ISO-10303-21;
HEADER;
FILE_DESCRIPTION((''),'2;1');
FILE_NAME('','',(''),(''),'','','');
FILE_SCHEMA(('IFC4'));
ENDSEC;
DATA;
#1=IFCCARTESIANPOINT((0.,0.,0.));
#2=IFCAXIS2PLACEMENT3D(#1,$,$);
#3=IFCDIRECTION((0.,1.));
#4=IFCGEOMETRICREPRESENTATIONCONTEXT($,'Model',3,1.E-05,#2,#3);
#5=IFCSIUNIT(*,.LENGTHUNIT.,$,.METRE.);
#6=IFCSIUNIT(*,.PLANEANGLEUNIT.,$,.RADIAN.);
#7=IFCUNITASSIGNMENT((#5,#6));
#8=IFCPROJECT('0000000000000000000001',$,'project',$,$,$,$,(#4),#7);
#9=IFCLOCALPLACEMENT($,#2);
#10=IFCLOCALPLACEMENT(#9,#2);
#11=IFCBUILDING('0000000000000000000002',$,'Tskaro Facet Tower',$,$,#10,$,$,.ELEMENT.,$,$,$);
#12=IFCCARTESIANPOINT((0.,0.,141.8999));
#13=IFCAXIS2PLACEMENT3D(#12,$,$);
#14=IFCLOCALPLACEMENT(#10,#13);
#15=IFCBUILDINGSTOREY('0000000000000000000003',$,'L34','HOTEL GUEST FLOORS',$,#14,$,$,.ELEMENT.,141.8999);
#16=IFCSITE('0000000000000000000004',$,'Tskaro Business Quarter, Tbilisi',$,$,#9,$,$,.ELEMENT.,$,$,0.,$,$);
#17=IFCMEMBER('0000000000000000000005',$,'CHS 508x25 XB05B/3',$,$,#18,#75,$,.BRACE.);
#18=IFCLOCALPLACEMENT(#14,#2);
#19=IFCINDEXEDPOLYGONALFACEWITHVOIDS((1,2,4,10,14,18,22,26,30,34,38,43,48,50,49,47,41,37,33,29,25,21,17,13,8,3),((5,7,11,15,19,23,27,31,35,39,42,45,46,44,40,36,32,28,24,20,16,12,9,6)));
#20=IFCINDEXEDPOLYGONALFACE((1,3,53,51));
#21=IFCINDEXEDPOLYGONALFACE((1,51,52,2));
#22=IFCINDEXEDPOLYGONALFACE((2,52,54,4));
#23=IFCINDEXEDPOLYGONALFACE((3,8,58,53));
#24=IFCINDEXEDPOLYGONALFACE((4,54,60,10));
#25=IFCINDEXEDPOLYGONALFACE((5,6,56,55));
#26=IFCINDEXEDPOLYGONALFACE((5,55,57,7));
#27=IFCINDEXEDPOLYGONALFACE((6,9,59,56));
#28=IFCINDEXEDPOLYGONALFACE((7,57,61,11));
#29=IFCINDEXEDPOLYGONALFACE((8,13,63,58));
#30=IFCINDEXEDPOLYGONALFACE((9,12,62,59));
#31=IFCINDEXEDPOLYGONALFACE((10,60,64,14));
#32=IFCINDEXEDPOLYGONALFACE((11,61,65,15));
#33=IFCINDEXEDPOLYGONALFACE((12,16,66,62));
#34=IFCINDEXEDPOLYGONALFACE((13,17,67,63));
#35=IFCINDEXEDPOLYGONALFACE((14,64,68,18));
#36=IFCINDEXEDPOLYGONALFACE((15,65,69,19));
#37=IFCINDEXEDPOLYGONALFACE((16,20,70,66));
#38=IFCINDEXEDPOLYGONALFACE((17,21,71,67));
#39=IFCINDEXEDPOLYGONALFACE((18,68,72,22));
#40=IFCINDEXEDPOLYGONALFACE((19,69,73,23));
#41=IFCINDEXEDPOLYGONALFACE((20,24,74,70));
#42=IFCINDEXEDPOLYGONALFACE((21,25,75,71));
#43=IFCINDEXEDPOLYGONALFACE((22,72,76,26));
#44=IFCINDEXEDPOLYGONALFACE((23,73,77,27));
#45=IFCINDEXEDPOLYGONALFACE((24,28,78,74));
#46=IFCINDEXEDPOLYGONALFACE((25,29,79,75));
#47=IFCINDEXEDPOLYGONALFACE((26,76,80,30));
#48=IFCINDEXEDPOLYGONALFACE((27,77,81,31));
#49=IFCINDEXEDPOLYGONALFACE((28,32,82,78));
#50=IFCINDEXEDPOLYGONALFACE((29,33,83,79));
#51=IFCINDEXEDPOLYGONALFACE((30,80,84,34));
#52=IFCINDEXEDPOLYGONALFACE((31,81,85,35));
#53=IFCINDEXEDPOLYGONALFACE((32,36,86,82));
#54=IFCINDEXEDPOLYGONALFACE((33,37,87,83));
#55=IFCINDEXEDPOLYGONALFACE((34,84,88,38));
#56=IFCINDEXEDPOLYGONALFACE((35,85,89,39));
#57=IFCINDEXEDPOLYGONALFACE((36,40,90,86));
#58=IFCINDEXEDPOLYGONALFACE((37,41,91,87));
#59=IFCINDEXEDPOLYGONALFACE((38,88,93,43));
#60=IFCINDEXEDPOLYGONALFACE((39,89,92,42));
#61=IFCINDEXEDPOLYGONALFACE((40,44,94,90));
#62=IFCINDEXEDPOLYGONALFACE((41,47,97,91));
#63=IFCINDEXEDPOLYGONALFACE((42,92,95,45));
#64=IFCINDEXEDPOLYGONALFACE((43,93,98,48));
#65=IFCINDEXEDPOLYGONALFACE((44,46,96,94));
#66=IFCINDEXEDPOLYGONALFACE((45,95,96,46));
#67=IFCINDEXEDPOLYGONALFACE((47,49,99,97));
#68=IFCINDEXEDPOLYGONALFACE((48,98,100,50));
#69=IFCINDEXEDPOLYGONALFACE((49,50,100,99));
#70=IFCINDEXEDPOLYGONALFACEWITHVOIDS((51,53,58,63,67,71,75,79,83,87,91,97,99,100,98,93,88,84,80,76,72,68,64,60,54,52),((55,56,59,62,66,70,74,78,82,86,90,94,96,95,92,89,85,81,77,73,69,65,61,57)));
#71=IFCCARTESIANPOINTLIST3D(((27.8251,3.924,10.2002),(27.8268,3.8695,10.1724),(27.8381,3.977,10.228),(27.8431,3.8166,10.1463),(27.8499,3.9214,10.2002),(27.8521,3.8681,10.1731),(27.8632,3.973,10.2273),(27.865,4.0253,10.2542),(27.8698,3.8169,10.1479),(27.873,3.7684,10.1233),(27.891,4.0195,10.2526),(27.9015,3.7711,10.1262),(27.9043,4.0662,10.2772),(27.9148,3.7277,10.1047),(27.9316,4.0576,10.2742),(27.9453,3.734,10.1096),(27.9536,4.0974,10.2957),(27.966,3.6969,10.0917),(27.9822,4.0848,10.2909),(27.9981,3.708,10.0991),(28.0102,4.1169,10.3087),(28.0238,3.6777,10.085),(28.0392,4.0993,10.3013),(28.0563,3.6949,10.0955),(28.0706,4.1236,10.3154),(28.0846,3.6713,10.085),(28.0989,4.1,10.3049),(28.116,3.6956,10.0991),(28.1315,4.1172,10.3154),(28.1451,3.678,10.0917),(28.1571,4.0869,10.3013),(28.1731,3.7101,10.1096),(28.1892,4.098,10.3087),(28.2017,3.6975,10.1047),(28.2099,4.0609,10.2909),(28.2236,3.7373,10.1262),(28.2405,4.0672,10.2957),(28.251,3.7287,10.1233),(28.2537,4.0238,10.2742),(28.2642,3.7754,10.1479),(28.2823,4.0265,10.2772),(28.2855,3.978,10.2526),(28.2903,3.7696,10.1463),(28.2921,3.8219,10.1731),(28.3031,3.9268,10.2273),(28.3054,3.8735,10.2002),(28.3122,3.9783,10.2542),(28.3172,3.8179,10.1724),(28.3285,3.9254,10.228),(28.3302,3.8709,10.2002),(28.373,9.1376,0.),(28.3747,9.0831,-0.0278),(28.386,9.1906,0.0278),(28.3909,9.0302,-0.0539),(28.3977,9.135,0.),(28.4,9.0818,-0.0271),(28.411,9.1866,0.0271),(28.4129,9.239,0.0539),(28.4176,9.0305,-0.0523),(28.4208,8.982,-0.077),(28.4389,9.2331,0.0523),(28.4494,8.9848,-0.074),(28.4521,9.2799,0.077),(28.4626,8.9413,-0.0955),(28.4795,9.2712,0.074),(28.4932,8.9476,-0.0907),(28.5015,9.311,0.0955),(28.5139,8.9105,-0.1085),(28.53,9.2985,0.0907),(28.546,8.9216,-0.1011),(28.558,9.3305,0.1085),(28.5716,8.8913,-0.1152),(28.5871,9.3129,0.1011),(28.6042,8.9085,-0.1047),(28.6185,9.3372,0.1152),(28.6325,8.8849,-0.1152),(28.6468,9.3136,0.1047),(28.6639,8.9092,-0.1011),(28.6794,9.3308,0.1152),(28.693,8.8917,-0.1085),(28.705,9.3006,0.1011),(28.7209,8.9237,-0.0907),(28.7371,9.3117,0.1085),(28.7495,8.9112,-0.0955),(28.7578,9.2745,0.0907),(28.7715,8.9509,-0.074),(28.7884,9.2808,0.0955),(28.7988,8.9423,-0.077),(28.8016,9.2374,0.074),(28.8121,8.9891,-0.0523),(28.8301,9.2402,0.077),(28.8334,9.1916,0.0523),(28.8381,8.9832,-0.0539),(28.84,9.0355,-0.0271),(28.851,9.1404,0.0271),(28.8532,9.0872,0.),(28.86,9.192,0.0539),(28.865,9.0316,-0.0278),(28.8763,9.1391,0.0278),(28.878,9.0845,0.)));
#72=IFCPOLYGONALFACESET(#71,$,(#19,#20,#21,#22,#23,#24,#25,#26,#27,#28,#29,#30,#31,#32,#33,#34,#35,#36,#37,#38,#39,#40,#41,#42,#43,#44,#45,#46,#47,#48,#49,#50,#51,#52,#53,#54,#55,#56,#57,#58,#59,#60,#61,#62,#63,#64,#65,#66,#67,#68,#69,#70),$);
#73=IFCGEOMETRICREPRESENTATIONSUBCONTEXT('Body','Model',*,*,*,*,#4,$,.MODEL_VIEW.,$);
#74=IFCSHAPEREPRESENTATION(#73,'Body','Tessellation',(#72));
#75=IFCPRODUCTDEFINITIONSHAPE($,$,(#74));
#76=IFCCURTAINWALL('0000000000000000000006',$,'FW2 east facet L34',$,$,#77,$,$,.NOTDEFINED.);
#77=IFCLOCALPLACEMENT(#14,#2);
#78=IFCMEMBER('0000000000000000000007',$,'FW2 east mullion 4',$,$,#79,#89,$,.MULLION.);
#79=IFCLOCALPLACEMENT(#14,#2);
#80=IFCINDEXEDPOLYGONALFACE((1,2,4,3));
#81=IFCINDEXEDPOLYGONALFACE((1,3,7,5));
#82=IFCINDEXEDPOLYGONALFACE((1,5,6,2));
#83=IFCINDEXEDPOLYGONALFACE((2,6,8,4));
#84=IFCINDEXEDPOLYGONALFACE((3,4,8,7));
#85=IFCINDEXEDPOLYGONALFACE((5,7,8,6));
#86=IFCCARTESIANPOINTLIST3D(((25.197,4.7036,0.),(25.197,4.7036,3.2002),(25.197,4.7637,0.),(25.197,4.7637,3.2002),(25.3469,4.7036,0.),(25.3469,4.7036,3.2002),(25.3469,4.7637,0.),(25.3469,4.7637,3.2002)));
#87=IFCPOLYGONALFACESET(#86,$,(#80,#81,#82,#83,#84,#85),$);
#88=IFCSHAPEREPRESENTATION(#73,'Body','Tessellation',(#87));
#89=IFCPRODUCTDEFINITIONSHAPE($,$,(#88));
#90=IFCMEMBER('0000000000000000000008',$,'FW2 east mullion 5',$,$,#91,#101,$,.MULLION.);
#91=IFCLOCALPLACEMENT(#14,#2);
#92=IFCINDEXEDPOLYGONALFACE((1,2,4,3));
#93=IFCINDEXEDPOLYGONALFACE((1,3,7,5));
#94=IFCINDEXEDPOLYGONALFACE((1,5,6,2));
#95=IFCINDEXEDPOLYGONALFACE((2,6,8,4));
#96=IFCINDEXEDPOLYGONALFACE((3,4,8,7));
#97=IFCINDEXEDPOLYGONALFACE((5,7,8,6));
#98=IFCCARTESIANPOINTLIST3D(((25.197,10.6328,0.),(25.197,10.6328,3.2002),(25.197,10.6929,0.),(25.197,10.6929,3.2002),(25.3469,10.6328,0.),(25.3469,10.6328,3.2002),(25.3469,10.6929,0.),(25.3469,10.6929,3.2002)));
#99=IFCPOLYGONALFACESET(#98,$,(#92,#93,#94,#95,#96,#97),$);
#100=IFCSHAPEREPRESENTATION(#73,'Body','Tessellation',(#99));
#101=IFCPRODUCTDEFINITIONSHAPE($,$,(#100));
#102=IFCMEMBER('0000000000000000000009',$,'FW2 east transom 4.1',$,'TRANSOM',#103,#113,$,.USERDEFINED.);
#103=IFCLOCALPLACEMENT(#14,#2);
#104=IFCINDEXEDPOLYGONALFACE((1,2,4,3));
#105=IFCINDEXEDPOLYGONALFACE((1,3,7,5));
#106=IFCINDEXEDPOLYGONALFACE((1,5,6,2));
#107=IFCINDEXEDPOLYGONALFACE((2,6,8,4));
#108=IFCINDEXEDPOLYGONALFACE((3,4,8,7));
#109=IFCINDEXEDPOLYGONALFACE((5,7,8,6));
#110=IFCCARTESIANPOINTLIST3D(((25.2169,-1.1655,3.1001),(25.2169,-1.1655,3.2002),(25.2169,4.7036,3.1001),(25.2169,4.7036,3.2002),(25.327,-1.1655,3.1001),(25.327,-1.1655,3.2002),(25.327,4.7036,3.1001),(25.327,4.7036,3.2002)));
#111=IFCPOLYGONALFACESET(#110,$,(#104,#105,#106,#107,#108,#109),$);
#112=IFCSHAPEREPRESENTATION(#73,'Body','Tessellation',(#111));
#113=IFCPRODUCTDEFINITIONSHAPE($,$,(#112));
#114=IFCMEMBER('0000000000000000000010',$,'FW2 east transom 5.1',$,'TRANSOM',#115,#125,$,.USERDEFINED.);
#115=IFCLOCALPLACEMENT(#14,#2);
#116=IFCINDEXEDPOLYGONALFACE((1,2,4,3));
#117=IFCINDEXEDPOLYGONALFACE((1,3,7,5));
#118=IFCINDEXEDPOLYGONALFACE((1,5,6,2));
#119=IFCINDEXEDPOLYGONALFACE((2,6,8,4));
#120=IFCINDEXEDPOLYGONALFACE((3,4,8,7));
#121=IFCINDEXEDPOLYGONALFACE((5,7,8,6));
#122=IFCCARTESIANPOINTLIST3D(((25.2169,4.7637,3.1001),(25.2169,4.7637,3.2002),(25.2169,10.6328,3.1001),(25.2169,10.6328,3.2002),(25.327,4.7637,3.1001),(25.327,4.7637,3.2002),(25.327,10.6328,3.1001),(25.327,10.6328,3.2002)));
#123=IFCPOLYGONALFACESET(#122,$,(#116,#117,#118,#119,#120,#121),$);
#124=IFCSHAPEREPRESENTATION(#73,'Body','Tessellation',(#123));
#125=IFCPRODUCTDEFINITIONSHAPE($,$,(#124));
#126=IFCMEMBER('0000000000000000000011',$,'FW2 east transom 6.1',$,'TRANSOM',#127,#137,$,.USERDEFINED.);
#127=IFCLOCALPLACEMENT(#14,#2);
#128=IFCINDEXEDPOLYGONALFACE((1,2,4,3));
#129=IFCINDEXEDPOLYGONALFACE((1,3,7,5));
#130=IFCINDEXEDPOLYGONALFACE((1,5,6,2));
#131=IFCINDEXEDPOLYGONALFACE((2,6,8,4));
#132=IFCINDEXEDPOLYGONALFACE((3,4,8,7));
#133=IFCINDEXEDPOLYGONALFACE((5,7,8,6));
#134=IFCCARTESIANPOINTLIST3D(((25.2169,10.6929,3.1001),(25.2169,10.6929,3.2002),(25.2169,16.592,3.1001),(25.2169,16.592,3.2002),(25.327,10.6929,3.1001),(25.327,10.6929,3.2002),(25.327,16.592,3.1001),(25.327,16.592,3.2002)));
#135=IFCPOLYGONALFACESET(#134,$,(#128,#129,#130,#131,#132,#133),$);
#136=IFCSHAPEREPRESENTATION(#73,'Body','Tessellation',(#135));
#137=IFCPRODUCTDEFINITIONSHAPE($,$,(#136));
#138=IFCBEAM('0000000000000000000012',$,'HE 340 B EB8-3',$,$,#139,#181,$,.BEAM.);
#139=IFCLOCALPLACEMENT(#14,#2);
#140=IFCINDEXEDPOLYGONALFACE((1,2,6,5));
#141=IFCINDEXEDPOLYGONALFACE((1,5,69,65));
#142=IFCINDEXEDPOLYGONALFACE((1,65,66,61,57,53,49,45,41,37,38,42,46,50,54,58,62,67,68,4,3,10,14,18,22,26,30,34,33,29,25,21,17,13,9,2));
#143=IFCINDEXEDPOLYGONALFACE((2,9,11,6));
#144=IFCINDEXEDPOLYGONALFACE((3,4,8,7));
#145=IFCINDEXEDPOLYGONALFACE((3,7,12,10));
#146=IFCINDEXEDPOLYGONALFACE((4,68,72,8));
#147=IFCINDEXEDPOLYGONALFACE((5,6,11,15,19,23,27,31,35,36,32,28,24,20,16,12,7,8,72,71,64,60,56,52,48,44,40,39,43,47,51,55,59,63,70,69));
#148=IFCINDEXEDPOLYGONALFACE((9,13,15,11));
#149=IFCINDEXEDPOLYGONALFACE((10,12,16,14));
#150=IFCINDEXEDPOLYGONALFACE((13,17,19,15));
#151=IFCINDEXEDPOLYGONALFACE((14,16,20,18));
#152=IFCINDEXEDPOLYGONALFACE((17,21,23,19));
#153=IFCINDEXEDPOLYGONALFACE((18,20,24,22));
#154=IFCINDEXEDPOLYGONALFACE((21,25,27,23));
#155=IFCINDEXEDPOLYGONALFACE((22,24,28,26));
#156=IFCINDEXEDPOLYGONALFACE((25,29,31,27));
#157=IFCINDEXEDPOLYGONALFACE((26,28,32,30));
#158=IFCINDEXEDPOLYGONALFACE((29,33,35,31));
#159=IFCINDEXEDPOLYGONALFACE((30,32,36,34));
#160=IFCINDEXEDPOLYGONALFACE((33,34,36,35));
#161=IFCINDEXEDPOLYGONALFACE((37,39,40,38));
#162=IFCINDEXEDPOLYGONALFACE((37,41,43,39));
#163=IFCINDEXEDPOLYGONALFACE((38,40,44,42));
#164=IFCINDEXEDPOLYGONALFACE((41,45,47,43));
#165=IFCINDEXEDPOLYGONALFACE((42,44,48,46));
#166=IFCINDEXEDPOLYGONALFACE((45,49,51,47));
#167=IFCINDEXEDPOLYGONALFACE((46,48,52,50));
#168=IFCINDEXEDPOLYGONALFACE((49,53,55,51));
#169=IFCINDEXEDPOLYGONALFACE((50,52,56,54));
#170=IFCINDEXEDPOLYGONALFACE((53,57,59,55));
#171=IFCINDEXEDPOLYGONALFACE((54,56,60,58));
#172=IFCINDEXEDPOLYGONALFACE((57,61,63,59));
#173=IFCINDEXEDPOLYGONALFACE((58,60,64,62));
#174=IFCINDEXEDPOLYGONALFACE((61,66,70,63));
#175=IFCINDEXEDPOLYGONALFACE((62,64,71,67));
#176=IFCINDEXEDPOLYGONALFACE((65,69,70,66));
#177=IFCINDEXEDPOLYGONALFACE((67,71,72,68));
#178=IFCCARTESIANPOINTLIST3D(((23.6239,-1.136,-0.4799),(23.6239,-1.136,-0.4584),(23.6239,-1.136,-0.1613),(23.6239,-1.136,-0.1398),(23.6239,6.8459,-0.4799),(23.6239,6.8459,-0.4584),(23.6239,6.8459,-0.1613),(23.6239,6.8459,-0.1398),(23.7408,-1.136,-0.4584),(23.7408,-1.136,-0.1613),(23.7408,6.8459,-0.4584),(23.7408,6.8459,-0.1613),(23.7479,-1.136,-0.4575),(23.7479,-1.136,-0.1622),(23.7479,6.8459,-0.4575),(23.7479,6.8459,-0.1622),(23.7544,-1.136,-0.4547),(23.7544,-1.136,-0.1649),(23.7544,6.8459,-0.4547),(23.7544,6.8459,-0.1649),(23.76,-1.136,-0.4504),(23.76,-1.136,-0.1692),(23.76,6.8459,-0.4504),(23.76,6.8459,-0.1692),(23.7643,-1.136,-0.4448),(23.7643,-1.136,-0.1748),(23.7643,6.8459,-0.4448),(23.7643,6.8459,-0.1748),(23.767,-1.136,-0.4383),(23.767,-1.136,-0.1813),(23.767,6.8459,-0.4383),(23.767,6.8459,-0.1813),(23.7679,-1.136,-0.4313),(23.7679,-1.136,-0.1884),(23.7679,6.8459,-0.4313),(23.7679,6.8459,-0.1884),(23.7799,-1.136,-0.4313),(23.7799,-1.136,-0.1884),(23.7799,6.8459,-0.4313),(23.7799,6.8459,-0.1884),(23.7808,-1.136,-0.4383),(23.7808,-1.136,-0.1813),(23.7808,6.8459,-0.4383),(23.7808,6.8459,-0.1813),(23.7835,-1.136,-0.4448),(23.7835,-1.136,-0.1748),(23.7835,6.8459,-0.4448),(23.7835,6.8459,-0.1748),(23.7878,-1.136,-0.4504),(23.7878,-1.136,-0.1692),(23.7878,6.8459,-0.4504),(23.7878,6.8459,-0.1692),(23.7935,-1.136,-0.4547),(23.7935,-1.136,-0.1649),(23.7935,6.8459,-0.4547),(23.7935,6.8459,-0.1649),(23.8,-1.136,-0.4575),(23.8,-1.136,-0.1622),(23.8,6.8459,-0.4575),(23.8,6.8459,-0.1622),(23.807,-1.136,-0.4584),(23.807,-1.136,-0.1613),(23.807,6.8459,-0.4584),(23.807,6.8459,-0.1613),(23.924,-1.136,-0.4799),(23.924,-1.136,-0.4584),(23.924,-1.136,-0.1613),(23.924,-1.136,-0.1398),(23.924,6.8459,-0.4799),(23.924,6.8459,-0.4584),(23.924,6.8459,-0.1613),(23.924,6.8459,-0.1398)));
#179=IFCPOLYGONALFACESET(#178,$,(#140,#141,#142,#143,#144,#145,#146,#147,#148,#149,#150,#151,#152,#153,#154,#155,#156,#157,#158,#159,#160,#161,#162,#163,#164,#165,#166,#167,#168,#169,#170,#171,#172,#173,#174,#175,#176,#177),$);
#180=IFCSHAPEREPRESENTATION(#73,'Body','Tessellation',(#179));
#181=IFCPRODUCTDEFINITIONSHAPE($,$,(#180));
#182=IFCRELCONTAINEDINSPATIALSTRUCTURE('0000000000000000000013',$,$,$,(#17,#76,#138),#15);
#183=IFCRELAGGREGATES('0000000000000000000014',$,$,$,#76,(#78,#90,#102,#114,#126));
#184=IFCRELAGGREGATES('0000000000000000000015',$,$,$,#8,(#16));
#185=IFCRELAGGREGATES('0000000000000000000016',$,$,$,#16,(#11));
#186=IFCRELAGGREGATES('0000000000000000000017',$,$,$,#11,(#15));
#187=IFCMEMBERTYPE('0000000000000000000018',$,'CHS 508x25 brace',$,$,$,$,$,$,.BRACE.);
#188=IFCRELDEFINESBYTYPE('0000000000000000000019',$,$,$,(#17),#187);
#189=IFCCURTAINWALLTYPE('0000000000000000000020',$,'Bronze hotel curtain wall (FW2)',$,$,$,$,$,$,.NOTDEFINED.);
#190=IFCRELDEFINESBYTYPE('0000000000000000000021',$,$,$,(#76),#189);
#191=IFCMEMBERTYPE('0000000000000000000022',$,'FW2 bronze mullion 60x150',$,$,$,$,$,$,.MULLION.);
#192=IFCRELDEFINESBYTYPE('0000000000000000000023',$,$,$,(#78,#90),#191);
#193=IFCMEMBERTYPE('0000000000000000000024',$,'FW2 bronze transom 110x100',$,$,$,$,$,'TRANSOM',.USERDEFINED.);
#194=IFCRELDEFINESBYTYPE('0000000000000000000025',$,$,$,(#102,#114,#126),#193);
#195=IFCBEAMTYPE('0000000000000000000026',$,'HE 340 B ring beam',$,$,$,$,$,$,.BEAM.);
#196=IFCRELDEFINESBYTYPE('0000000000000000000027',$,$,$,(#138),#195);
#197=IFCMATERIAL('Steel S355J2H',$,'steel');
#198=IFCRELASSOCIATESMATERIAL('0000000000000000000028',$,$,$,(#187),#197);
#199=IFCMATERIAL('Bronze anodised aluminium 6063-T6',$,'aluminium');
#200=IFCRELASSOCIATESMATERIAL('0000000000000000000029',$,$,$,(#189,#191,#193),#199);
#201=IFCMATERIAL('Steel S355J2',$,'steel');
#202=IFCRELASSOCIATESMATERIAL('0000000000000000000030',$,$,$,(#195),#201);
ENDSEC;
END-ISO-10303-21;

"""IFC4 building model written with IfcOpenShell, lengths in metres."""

from ifc_helpers import new_model, si_unit, direction, frame, origin, origin_2d, place, context, subcontext, project, spatial, rectangle, hollow_circle, i_section, extrude, material, material_profile, profile_set, type_object, element, aggregate, save


model = new_model("IFC4")

# Units and contexts
model_context = context("Model", 3, precision=1e-05, world=origin(), true_north=direction((0.0, 1.0)))
body_context = subcontext(model_context, "Body", "Model", "MODEL_VIEW")
ifc_project = project(units=[si_unit("LENGTHUNIT", "METRE"), si_unit("PLANEANGLEUNIT", "RADIAN")], contexts=[model_context])

# Site, building, storey
site_placement = place(None, origin())
site = spatial("IfcSite", under=ifc_project, at=site_placement, Name="Tskaro Business Quarter, Tbilisi", CompositionType="ELEMENT", RefElevation=0.0)
building_placement = place(site_placement, origin())
building = spatial("IfcBuilding", under=site, at=building_placement, Name="Tskaro Facet Tower", CompositionType="ELEMENT")
storey_placement = place(building_placement, frame((0.0, 0.0, 141.8999)))
storey = spatial("IfcBuildingStorey", under=building, at=storey_placement, Name="L34", Description="HOTEL GUEST FLOORS", CompositionType="ELEMENT", Elevation=141.8999)

# Shared definitions
ifc_material_1 = material(Name="Steel S355J2H", Category="steel")

# Member
ifc_material_profile_1 = material_profile(ifc_material_1, hollow_circle(Radius=0.2539, WallThickness=0.0249, at=origin_2d()), Name="CHS 508x25")
ifc_profile_set_1 = profile_set([ifc_material_profile_1], Name="Steel S355J2H")
member_type_1 = type_object("IfcMemberType", Name="CHS 508x25 brace", PredefinedType="BRACE", material=ifc_profile_set_1)
member_1_placement = place(storey_placement, frame((28.6255, 9.1111, 0.0), z_axis=(-0.04777, -0.454605, 0.889411), x_axis=(0.994524, -0.104505, 0.0)))
element("IfcMember", 1, at=member_1_placement, inside=storey, type_object=member_type_1, Name="CHS 508x25 XB05B/3", PredefinedType="BRACE", context=body_context, shape_type="SweptSolid", body=[
    extrude(hollow_circle(Radius=0.2539, WallThickness=0.0249, at=origin_2d()), origin(), (0.0, 0.0, 1.0), 11.4685),
])

# Curtain wall, members
ifc_material_2 = material(Name="Bronze anodised aluminium 6063-T6", Category="aluminium")
curtain_wall_type = type_object("IfcCurtainWallType", Name="Bronze hotel curtain wall (FW2)", PredefinedType="NOTDEFINED", material=ifc_material_2)
curtain_wall_placement = place(storey_placement, origin())
curtain_wall = element("IfcCurtainWall", 2, at=curtain_wall_placement, inside=storey, type_object=curtain_wall_type, Name="FW2 east facet L34", PredefinedType="NOTDEFINED")
ifc_material_profile_2 = material_profile(ifc_material_2, rectangle(XDim=0.0601, YDim=0.1499, at=origin_2d()), Name="Mullion 60x150")
ifc_profile_set_2 = profile_set([ifc_material_profile_2], Name="Bronze anodised aluminium 6063-T6")
member_type_2 = type_object("IfcMemberType", Name="FW2 bronze mullion 60x150", PredefinedType="MULLION", material=ifc_profile_set_2)
member_2_placement = place(storey_placement, frame((25.272, 4.7336, 0.0), z_axis=(0.0, 0.0, 1.0), x_axis=(0.0, 1.0, 0.0)))
member_2 = element("IfcMember", 3, at=member_2_placement, type_object=member_type_2, Name="FW2 east mullion 4", PredefinedType="MULLION", context=body_context, shape_type="SweptSolid", body=[
    extrude(rectangle(XDim=0.0601, YDim=0.1499, at=origin_2d()), origin(), (0.0, 0.0, 1.0), 3.2002),
])
member_3_placement = place(storey_placement, frame((25.272, 10.6628, 0.0), z_axis=(0.0, 0.0, 1.0), x_axis=(0.0, 1.0, 0.0)))
member_3 = element("IfcMember", 4, at=member_3_placement, type_object=member_type_2, Name="FW2 east mullion 5", PredefinedType="MULLION", context=body_context, shape_type="SweptSolid", body=[
    extrude(rectangle(XDim=0.0601, YDim=0.1499, at=origin_2d()), origin(), (0.0, 0.0, 1.0), 3.2002),
])
ifc_material_profile_3 = material_profile(ifc_material_2, rectangle(XDim=0.1101, YDim=0.1001, at=origin_2d()), Name="Transom 110x100")
ifc_profile_set_3 = profile_set([ifc_material_profile_3], Name="Bronze anodised aluminium 6063-T6")
member_type_3 = type_object("IfcMemberType", Name="FW2 bronze transom 110x100", ElementType="TRANSOM", PredefinedType="USERDEFINED", material=ifc_profile_set_3)
member_4_placement = place(storey_placement, frame((25.272, -1.1655, 3.1501), z_axis=(0.0, 1.0, 0.0), x_axis=(-1.0, 0.0, 0.0)))
member_4 = element("IfcMember", 5, at=member_4_placement, type_object=member_type_3, Name="FW2 east transom 4.1", ObjectType="TRANSOM", PredefinedType="USERDEFINED", context=body_context, shape_type="SweptSolid", body=[
    extrude(rectangle(XDim=0.1101, YDim=0.1001, at=origin_2d()), origin(), (0.0, 0.0, 1.0), 5.8691),
])
member_5_placement = place(storey_placement, frame((25.272, 4.7637, 3.1501), z_axis=(0.0, 1.0, 0.0), x_axis=(-1.0, 0.0, 0.0)))
member_5 = element("IfcMember", 6, at=member_5_placement, type_object=member_type_3, Name="FW2 east transom 5.1", ObjectType="TRANSOM", PredefinedType="USERDEFINED", context=body_context, shape_type="SweptSolid", body=[
    extrude(rectangle(XDim=0.1101, YDim=0.1001, at=origin_2d()), origin(), (0.0, 0.0, 1.0), 5.8691),
])
member_6_placement = place(storey_placement, frame((25.272, 10.6929, 3.1501), z_axis=(0.0, 1.0, 0.0), x_axis=(-1.0, 0.0, 0.0)))
member_6 = element("IfcMember", 7, at=member_6_placement, type_object=member_type_3, Name="FW2 east transom 6.1", ObjectType="TRANSOM", PredefinedType="USERDEFINED", context=body_context, shape_type="SweptSolid", body=[
    extrude(rectangle(XDim=0.1101, YDim=0.1001, at=origin_2d()), origin(), (0.0, 0.0, 1.0), 5.8992),
])

# Beam
ifc_material_3 = material(Name="Steel S355J2", Category="steel")
ifc_material_profile_4 = material_profile(ifc_material_3, i_section(OverallWidth=0.3, OverallDepth=0.3401, WebThickness=0.012, FlangeThickness=0.0215, FilletRadius=0.0271, at=origin_2d()), Name="HE 340 B")
ifc_profile_set_4 = profile_set([ifc_material_profile_4], Name="Steel S355J2")
beam_type_1 = type_object("IfcBeamType", Name="HE 340 B ring beam", PredefinedType="BEAM", material=ifc_profile_set_4)
for number, where, z_axis, x_axis, name in (
    (8, (23.7739, -1.136, -0.3098), (0.0, 1.0, 0.0), (-1.0, 0.0, 0.0), "HE 340 B EB8-3"),
):
    element("IfcBeam", number, at=place(storey_placement, frame(where, z_axis=z_axis, x_axis=x_axis)), inside=storey, type_object=beam_type_1, Name=name, PredefinedType="BEAM", context=body_context, shape_type="SweptSolid", body=[
        extrude(i_section(OverallWidth=0.3, OverallDepth=0.3401, WebThickness=0.012, FlangeThickness=0.0215, FilletRadius=0.0271, at=origin_2d()), origin(), (0.0, 0.0, 1.0), 7.9819),
    ])

aggregate(curtain_wall, [member_2, member_3, member_4, member_5, member_6])

save(model, "model.ifc")
